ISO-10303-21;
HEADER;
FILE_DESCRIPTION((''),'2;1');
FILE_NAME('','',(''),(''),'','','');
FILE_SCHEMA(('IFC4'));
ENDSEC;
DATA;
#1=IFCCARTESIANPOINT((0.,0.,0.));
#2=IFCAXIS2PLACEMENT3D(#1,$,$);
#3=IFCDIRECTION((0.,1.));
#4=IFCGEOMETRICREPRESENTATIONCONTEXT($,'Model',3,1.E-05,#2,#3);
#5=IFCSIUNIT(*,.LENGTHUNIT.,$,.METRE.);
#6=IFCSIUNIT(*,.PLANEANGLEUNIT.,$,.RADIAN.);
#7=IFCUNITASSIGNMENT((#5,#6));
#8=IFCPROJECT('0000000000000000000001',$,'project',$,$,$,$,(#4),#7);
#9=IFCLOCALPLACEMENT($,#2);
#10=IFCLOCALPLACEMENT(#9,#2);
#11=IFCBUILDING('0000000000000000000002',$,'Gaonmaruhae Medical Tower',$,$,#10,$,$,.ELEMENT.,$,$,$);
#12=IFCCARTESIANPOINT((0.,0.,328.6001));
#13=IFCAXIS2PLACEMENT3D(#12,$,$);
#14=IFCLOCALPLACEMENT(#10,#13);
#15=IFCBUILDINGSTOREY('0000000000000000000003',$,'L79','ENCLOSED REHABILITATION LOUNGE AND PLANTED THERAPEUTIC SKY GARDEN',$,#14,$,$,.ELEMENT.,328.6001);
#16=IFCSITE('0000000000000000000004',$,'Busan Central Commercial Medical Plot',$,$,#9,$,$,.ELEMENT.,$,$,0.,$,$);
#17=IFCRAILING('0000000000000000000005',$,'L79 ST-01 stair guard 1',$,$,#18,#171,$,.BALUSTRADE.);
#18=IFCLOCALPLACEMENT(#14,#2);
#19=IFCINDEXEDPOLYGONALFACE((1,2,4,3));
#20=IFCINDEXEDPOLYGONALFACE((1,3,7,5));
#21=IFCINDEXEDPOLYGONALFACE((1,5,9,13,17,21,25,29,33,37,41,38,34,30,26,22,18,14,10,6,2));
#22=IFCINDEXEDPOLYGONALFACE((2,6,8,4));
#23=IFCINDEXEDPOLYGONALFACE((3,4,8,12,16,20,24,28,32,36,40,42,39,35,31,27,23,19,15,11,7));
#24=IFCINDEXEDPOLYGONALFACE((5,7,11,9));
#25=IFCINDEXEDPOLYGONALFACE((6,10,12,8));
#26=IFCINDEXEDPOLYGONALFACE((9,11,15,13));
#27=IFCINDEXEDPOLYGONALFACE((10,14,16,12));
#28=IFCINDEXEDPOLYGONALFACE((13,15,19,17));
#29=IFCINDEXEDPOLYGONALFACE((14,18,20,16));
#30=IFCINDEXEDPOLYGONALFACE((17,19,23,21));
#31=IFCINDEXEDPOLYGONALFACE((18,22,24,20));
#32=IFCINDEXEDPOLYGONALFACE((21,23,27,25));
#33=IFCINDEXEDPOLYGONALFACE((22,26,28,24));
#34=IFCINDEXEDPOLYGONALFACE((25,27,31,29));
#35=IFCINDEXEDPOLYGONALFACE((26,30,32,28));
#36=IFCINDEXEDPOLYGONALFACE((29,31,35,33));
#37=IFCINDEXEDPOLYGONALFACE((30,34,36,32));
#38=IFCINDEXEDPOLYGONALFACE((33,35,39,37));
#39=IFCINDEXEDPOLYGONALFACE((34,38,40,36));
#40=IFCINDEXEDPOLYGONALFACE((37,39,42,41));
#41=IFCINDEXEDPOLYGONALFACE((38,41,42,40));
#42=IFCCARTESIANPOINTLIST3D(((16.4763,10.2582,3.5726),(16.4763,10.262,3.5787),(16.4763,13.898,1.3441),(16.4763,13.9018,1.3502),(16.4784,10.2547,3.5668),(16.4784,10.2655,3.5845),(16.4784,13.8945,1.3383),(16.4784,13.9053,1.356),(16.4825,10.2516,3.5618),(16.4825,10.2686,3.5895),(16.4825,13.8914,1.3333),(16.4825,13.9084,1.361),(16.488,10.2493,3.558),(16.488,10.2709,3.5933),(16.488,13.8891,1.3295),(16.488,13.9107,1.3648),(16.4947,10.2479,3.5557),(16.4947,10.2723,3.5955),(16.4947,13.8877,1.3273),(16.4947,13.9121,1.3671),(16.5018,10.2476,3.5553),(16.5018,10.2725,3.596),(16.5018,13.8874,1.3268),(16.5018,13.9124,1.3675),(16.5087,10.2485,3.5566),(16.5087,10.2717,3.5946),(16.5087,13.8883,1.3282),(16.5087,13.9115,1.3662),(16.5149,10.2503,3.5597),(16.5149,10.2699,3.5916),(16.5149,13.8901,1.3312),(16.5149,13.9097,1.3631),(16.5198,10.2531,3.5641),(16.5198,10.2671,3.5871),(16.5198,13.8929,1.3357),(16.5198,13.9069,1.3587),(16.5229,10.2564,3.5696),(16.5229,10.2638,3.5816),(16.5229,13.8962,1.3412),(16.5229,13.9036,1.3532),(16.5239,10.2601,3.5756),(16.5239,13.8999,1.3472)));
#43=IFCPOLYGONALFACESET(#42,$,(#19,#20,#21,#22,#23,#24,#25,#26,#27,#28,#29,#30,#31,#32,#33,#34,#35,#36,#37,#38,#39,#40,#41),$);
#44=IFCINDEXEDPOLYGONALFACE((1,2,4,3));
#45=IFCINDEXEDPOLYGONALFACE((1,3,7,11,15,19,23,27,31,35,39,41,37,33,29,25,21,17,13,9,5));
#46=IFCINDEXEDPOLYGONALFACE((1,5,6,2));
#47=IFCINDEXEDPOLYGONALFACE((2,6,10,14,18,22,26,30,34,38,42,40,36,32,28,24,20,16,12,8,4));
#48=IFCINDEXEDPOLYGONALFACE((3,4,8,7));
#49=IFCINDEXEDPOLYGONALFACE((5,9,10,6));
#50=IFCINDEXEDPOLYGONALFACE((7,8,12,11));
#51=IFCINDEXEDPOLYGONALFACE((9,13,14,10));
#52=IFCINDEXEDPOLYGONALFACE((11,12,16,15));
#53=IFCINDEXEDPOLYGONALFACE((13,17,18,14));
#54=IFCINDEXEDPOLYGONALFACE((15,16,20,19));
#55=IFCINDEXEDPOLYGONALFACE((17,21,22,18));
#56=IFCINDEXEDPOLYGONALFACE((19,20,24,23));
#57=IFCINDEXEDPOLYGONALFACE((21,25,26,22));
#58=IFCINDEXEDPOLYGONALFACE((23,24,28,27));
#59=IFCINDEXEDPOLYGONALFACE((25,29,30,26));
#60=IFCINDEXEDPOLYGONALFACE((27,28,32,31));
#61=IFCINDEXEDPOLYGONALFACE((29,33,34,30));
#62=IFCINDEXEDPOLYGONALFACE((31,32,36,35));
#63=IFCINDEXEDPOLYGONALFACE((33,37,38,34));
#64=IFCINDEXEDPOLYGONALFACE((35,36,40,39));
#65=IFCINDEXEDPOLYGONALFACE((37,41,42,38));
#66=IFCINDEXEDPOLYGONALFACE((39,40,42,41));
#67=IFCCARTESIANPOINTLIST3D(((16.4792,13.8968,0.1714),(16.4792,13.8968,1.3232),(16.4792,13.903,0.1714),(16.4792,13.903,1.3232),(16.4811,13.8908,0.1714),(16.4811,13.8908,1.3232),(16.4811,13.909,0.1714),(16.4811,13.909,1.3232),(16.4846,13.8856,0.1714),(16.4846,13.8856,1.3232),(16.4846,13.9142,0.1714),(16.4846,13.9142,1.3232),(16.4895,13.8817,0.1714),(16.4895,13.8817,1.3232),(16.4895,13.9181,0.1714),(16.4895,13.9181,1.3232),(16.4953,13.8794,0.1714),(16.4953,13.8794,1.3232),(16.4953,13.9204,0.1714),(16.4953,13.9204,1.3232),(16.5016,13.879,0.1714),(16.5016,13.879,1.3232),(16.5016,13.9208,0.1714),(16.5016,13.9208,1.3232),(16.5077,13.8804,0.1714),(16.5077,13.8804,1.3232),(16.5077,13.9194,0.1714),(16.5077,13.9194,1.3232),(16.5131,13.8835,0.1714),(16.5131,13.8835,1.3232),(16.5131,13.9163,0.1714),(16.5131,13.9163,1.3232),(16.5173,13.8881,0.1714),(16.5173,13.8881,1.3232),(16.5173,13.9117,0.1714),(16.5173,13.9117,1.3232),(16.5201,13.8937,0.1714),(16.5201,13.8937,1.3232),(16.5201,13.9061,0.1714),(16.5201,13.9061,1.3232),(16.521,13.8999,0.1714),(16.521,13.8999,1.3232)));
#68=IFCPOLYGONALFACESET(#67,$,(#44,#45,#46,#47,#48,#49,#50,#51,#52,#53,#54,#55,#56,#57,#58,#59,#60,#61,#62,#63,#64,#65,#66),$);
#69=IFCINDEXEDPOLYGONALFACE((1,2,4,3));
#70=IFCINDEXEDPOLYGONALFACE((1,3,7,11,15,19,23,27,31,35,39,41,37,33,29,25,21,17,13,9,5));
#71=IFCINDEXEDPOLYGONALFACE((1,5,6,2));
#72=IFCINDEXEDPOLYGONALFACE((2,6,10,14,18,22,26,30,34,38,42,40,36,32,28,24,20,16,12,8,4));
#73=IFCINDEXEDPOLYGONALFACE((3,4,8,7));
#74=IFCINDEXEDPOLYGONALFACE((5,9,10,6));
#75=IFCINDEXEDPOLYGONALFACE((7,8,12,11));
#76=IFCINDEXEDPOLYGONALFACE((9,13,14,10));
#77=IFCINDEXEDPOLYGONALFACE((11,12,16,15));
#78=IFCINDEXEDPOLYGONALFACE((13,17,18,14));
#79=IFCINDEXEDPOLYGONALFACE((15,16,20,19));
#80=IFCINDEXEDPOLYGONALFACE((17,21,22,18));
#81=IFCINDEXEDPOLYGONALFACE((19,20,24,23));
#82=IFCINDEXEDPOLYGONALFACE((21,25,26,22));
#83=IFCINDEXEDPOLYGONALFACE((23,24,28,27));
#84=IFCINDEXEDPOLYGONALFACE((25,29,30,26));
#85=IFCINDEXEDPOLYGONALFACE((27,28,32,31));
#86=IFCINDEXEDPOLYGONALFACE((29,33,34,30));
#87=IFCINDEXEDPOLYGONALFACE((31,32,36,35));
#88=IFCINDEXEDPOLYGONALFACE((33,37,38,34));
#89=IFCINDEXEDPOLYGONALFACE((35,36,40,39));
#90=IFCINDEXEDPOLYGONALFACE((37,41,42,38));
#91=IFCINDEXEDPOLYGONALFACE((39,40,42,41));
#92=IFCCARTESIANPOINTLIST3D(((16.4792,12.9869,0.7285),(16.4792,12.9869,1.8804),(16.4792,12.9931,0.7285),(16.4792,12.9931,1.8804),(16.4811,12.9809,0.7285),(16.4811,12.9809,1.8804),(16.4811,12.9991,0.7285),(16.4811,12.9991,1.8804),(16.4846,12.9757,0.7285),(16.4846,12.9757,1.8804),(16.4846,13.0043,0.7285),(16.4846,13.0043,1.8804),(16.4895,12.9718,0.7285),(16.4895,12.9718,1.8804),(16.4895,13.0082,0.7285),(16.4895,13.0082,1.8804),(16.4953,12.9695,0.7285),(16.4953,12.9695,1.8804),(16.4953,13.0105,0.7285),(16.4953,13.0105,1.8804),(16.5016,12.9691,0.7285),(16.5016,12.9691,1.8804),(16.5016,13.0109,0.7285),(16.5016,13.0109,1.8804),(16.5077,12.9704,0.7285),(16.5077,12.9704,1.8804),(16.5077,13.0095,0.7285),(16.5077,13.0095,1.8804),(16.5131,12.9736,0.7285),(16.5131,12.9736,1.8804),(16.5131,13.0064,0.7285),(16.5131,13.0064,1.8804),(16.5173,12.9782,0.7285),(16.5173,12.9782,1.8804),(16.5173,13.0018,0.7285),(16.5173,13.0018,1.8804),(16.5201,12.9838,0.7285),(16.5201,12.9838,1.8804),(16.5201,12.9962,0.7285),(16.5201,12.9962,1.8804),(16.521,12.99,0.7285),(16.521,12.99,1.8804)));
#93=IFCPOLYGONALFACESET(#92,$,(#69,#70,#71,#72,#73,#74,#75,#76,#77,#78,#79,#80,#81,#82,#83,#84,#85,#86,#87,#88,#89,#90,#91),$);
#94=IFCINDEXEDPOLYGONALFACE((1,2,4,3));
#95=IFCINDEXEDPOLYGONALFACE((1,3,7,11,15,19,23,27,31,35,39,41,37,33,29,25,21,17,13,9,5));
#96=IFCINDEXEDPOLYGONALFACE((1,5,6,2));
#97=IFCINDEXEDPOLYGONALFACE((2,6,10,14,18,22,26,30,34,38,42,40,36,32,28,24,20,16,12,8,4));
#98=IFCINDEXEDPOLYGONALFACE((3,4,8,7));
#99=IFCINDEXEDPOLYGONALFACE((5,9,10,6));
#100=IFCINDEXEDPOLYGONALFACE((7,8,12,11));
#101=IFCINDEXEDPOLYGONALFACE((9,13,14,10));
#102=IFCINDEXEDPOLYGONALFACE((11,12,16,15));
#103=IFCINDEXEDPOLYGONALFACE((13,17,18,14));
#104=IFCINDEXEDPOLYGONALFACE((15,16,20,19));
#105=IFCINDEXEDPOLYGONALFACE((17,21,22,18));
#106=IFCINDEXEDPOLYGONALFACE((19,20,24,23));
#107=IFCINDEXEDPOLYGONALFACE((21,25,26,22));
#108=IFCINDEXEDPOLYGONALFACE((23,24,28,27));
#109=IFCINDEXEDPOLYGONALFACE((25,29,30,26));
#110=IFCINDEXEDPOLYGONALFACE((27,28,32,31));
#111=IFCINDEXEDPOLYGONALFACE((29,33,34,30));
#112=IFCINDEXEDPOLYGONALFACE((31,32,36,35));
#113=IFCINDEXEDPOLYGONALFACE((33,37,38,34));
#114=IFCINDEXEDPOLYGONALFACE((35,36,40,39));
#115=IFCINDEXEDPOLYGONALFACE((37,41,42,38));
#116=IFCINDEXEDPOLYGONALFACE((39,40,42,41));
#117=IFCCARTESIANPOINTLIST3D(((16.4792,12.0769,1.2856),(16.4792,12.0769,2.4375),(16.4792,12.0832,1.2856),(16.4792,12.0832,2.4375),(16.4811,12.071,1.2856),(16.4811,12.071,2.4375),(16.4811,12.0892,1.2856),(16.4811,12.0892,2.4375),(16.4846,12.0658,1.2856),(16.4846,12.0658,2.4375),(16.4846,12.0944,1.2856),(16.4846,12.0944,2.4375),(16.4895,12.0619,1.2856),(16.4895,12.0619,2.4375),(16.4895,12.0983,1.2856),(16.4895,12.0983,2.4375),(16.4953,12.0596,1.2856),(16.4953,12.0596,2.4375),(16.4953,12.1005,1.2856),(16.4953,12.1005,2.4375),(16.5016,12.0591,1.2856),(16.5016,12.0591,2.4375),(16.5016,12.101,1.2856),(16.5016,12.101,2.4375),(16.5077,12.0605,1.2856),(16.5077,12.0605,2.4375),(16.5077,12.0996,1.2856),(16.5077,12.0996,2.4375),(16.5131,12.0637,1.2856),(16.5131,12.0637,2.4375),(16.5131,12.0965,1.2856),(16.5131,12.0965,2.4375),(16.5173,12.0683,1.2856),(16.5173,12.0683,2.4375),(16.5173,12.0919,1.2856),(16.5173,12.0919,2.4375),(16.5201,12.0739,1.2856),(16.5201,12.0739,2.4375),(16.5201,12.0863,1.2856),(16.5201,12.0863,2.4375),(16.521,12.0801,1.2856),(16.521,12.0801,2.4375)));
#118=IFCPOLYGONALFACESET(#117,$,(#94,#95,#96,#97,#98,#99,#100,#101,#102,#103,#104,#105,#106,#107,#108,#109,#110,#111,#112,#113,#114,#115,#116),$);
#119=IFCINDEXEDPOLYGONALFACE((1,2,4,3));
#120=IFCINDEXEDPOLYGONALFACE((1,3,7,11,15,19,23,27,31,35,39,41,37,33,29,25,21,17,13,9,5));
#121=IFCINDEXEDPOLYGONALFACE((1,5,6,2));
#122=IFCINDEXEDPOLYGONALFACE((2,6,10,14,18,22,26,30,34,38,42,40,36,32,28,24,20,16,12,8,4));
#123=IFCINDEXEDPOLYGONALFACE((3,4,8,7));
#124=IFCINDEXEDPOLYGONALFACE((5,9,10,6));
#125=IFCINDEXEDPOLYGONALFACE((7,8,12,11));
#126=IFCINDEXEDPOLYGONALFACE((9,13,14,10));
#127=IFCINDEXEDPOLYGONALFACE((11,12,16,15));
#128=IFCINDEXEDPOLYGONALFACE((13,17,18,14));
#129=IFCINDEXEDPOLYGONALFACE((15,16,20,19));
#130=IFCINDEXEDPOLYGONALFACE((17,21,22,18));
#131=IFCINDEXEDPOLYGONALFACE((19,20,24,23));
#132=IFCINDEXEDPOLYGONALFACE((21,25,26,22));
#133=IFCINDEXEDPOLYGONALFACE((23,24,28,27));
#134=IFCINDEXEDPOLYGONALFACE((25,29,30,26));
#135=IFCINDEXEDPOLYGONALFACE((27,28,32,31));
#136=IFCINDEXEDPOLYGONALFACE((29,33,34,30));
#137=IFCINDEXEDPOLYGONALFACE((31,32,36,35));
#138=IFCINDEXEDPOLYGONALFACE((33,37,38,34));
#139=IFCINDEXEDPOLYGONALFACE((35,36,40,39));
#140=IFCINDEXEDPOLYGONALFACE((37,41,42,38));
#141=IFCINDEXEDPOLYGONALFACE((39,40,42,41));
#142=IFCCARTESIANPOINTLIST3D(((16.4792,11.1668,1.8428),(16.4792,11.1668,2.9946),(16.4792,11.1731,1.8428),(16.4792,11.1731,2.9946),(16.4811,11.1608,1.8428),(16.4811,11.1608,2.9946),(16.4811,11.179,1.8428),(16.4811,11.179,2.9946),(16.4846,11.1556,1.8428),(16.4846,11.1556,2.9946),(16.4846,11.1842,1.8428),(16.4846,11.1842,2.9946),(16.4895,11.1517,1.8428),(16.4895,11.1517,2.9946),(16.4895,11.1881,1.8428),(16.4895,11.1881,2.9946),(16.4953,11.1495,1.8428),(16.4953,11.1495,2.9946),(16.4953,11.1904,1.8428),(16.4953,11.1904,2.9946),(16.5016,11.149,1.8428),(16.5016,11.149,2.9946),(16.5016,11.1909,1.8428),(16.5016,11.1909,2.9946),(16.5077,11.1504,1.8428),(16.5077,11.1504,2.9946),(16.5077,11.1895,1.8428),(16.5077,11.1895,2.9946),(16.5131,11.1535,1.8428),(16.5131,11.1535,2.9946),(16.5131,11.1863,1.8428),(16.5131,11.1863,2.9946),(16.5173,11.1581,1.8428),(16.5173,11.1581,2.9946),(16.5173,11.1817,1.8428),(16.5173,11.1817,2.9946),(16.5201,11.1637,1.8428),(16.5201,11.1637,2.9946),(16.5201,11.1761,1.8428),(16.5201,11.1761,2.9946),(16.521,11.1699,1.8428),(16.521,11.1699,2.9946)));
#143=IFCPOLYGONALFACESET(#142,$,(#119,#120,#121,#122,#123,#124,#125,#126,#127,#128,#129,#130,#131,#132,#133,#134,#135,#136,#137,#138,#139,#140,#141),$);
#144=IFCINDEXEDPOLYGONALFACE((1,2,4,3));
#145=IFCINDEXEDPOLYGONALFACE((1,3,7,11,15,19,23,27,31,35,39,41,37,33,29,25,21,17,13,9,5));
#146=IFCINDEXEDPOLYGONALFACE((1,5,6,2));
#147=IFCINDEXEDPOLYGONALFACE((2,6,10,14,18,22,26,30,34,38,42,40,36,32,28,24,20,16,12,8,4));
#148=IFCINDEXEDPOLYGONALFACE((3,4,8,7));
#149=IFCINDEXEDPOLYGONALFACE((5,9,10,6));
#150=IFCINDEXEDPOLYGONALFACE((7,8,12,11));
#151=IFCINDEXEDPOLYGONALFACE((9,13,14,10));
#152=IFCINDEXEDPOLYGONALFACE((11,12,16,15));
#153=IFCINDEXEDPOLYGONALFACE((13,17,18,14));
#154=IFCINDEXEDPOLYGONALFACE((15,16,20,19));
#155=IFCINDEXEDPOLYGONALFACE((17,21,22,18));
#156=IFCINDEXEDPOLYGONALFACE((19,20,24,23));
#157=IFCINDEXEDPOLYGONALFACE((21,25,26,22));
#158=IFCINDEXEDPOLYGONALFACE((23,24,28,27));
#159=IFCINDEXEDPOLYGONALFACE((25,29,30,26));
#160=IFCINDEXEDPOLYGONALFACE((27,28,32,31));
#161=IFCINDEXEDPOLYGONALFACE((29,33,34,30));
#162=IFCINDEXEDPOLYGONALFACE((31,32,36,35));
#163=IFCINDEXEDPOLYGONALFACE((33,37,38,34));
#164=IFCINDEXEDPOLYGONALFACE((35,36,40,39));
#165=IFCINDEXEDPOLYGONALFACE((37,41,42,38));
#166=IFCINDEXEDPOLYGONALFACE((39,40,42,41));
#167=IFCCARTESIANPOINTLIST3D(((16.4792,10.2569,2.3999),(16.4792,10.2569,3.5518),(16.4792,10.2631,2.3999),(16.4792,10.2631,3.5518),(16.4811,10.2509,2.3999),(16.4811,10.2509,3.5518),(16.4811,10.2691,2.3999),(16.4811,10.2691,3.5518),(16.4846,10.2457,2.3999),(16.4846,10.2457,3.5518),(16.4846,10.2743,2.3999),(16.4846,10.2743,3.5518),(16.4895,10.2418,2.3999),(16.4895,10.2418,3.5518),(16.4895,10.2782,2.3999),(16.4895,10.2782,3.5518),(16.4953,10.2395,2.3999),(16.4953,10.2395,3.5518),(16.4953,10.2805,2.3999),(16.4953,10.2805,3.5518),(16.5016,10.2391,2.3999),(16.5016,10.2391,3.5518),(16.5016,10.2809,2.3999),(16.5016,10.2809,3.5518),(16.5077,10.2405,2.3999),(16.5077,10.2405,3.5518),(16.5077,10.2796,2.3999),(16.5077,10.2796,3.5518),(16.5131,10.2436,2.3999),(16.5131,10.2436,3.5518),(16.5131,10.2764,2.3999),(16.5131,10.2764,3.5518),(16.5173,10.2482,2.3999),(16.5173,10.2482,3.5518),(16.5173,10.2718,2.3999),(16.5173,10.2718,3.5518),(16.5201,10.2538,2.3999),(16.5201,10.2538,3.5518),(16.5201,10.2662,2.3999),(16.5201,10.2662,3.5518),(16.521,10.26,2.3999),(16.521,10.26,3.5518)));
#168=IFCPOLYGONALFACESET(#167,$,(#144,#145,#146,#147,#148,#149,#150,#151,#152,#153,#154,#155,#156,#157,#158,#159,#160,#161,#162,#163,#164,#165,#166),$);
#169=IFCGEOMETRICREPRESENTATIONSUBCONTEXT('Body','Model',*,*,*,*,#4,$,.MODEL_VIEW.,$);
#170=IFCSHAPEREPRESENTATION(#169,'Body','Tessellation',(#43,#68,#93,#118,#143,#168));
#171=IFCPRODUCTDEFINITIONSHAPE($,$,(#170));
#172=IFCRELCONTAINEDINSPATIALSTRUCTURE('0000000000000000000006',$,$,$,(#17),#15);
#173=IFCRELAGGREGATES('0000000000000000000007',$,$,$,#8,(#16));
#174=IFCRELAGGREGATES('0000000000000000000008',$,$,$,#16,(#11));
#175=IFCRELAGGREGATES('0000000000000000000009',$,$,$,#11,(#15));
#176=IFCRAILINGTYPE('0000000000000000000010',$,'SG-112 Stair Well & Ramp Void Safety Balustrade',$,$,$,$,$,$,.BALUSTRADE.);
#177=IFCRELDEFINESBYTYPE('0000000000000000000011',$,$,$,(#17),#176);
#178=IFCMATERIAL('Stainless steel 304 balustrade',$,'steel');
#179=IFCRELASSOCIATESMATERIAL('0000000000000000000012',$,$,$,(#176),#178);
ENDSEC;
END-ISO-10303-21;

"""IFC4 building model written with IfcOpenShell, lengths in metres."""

from ifc_helpers import new_model, si_unit, direction, frame, origin, origin_2d, place, context, subcontext, project, spatial, circle, extrude, material, type_object, element, save


model = new_model("IFC4")

# Units and contexts
model_context = context("Model", 3, precision=1e-05, world=origin(), true_north=direction((0.0, 1.0)))
body_context = subcontext(model_context, "Body", "Model", "MODEL_VIEW")
ifc_project = project(units=[si_unit("LENGTHUNIT", "METRE"), si_unit("PLANEANGLEUNIT", "RADIAN")], contexts=[model_context])

# Site, building, storey
site_placement = place(None, origin())
site = spatial("IfcSite", under=ifc_project, at=site_placement, Name="Busan Central Commercial Medical Plot", CompositionType="ELEMENT", RefElevation=0.0)
building_placement = place(site_placement, origin())
building = spatial("IfcBuilding", under=site, at=building_placement, Name="Gaonmaruhae Medical Tower", CompositionType="ELEMENT")
storey_placement = place(building_placement, frame((0.0, 0.0, 328.6001)))
storey = spatial("IfcBuildingStorey", under=building, at=storey_placement, Name="L79", Description="ENCLOSED REHABILITATION LOUNGE AND PLANTED THERAPEUTIC SKY GARDEN", CompositionType="ELEMENT", Elevation=328.6001)

# Railing
ifc_material_1 = material(Name="Stainless steel 304 balustrade", Category="steel")
railing_type_1 = type_object("IfcRailingType", Name="SG-112 Stair Well & Ramp Void Safety Balustrade", PredefinedType="BALUSTRADE", material=ifc_material_1)
railing_1_placement = place(storey_placement, frame((16.5, 13.8999, 0.1714)))
element("IfcRailing", 1, at=railing_1_placement, inside=storey, type_object=railing_type_1, Name="L79 ST-01 stair guard 1", PredefinedType="BALUSTRADE", context=body_context, shape_type="SweptSolid", body=[
    extrude(circle(Radius=0.0239, at=origin_2d()), frame((0.0, 0.0, 1.1758), z_axis=(0.0, -0.85285, 0.522156), x_axis=(1.0, 0.0, 0.0)), (0.0, 0.0, 1.0), 4.2678),
    extrude(circle(Radius=0.021, at=origin_2d()), origin(), (0.0, 0.0, 1.0), 1.1519),
    extrude(circle(Radius=0.021, at=origin_2d()), frame((0.0, -0.9099, 0.5571)), (0.0, 0.0, 1.0), 1.1519),
    extrude(circle(Radius=0.021, at=origin_2d()), frame((0.0, -1.8198, 1.1143)), (0.0, 0.0, 1.0), 1.1519),
    extrude(circle(Radius=0.021, at=origin_2d()), frame((0.0, -2.73, 1.6714)), (0.0, 0.0, 1.0), 1.1519),
    extrude(circle(Radius=0.021, at=origin_2d()), frame((0.0, -3.6399, 2.2285)), (0.0, 0.0, 1.0), 1.1519),
])

save(model, "model.ifc")
